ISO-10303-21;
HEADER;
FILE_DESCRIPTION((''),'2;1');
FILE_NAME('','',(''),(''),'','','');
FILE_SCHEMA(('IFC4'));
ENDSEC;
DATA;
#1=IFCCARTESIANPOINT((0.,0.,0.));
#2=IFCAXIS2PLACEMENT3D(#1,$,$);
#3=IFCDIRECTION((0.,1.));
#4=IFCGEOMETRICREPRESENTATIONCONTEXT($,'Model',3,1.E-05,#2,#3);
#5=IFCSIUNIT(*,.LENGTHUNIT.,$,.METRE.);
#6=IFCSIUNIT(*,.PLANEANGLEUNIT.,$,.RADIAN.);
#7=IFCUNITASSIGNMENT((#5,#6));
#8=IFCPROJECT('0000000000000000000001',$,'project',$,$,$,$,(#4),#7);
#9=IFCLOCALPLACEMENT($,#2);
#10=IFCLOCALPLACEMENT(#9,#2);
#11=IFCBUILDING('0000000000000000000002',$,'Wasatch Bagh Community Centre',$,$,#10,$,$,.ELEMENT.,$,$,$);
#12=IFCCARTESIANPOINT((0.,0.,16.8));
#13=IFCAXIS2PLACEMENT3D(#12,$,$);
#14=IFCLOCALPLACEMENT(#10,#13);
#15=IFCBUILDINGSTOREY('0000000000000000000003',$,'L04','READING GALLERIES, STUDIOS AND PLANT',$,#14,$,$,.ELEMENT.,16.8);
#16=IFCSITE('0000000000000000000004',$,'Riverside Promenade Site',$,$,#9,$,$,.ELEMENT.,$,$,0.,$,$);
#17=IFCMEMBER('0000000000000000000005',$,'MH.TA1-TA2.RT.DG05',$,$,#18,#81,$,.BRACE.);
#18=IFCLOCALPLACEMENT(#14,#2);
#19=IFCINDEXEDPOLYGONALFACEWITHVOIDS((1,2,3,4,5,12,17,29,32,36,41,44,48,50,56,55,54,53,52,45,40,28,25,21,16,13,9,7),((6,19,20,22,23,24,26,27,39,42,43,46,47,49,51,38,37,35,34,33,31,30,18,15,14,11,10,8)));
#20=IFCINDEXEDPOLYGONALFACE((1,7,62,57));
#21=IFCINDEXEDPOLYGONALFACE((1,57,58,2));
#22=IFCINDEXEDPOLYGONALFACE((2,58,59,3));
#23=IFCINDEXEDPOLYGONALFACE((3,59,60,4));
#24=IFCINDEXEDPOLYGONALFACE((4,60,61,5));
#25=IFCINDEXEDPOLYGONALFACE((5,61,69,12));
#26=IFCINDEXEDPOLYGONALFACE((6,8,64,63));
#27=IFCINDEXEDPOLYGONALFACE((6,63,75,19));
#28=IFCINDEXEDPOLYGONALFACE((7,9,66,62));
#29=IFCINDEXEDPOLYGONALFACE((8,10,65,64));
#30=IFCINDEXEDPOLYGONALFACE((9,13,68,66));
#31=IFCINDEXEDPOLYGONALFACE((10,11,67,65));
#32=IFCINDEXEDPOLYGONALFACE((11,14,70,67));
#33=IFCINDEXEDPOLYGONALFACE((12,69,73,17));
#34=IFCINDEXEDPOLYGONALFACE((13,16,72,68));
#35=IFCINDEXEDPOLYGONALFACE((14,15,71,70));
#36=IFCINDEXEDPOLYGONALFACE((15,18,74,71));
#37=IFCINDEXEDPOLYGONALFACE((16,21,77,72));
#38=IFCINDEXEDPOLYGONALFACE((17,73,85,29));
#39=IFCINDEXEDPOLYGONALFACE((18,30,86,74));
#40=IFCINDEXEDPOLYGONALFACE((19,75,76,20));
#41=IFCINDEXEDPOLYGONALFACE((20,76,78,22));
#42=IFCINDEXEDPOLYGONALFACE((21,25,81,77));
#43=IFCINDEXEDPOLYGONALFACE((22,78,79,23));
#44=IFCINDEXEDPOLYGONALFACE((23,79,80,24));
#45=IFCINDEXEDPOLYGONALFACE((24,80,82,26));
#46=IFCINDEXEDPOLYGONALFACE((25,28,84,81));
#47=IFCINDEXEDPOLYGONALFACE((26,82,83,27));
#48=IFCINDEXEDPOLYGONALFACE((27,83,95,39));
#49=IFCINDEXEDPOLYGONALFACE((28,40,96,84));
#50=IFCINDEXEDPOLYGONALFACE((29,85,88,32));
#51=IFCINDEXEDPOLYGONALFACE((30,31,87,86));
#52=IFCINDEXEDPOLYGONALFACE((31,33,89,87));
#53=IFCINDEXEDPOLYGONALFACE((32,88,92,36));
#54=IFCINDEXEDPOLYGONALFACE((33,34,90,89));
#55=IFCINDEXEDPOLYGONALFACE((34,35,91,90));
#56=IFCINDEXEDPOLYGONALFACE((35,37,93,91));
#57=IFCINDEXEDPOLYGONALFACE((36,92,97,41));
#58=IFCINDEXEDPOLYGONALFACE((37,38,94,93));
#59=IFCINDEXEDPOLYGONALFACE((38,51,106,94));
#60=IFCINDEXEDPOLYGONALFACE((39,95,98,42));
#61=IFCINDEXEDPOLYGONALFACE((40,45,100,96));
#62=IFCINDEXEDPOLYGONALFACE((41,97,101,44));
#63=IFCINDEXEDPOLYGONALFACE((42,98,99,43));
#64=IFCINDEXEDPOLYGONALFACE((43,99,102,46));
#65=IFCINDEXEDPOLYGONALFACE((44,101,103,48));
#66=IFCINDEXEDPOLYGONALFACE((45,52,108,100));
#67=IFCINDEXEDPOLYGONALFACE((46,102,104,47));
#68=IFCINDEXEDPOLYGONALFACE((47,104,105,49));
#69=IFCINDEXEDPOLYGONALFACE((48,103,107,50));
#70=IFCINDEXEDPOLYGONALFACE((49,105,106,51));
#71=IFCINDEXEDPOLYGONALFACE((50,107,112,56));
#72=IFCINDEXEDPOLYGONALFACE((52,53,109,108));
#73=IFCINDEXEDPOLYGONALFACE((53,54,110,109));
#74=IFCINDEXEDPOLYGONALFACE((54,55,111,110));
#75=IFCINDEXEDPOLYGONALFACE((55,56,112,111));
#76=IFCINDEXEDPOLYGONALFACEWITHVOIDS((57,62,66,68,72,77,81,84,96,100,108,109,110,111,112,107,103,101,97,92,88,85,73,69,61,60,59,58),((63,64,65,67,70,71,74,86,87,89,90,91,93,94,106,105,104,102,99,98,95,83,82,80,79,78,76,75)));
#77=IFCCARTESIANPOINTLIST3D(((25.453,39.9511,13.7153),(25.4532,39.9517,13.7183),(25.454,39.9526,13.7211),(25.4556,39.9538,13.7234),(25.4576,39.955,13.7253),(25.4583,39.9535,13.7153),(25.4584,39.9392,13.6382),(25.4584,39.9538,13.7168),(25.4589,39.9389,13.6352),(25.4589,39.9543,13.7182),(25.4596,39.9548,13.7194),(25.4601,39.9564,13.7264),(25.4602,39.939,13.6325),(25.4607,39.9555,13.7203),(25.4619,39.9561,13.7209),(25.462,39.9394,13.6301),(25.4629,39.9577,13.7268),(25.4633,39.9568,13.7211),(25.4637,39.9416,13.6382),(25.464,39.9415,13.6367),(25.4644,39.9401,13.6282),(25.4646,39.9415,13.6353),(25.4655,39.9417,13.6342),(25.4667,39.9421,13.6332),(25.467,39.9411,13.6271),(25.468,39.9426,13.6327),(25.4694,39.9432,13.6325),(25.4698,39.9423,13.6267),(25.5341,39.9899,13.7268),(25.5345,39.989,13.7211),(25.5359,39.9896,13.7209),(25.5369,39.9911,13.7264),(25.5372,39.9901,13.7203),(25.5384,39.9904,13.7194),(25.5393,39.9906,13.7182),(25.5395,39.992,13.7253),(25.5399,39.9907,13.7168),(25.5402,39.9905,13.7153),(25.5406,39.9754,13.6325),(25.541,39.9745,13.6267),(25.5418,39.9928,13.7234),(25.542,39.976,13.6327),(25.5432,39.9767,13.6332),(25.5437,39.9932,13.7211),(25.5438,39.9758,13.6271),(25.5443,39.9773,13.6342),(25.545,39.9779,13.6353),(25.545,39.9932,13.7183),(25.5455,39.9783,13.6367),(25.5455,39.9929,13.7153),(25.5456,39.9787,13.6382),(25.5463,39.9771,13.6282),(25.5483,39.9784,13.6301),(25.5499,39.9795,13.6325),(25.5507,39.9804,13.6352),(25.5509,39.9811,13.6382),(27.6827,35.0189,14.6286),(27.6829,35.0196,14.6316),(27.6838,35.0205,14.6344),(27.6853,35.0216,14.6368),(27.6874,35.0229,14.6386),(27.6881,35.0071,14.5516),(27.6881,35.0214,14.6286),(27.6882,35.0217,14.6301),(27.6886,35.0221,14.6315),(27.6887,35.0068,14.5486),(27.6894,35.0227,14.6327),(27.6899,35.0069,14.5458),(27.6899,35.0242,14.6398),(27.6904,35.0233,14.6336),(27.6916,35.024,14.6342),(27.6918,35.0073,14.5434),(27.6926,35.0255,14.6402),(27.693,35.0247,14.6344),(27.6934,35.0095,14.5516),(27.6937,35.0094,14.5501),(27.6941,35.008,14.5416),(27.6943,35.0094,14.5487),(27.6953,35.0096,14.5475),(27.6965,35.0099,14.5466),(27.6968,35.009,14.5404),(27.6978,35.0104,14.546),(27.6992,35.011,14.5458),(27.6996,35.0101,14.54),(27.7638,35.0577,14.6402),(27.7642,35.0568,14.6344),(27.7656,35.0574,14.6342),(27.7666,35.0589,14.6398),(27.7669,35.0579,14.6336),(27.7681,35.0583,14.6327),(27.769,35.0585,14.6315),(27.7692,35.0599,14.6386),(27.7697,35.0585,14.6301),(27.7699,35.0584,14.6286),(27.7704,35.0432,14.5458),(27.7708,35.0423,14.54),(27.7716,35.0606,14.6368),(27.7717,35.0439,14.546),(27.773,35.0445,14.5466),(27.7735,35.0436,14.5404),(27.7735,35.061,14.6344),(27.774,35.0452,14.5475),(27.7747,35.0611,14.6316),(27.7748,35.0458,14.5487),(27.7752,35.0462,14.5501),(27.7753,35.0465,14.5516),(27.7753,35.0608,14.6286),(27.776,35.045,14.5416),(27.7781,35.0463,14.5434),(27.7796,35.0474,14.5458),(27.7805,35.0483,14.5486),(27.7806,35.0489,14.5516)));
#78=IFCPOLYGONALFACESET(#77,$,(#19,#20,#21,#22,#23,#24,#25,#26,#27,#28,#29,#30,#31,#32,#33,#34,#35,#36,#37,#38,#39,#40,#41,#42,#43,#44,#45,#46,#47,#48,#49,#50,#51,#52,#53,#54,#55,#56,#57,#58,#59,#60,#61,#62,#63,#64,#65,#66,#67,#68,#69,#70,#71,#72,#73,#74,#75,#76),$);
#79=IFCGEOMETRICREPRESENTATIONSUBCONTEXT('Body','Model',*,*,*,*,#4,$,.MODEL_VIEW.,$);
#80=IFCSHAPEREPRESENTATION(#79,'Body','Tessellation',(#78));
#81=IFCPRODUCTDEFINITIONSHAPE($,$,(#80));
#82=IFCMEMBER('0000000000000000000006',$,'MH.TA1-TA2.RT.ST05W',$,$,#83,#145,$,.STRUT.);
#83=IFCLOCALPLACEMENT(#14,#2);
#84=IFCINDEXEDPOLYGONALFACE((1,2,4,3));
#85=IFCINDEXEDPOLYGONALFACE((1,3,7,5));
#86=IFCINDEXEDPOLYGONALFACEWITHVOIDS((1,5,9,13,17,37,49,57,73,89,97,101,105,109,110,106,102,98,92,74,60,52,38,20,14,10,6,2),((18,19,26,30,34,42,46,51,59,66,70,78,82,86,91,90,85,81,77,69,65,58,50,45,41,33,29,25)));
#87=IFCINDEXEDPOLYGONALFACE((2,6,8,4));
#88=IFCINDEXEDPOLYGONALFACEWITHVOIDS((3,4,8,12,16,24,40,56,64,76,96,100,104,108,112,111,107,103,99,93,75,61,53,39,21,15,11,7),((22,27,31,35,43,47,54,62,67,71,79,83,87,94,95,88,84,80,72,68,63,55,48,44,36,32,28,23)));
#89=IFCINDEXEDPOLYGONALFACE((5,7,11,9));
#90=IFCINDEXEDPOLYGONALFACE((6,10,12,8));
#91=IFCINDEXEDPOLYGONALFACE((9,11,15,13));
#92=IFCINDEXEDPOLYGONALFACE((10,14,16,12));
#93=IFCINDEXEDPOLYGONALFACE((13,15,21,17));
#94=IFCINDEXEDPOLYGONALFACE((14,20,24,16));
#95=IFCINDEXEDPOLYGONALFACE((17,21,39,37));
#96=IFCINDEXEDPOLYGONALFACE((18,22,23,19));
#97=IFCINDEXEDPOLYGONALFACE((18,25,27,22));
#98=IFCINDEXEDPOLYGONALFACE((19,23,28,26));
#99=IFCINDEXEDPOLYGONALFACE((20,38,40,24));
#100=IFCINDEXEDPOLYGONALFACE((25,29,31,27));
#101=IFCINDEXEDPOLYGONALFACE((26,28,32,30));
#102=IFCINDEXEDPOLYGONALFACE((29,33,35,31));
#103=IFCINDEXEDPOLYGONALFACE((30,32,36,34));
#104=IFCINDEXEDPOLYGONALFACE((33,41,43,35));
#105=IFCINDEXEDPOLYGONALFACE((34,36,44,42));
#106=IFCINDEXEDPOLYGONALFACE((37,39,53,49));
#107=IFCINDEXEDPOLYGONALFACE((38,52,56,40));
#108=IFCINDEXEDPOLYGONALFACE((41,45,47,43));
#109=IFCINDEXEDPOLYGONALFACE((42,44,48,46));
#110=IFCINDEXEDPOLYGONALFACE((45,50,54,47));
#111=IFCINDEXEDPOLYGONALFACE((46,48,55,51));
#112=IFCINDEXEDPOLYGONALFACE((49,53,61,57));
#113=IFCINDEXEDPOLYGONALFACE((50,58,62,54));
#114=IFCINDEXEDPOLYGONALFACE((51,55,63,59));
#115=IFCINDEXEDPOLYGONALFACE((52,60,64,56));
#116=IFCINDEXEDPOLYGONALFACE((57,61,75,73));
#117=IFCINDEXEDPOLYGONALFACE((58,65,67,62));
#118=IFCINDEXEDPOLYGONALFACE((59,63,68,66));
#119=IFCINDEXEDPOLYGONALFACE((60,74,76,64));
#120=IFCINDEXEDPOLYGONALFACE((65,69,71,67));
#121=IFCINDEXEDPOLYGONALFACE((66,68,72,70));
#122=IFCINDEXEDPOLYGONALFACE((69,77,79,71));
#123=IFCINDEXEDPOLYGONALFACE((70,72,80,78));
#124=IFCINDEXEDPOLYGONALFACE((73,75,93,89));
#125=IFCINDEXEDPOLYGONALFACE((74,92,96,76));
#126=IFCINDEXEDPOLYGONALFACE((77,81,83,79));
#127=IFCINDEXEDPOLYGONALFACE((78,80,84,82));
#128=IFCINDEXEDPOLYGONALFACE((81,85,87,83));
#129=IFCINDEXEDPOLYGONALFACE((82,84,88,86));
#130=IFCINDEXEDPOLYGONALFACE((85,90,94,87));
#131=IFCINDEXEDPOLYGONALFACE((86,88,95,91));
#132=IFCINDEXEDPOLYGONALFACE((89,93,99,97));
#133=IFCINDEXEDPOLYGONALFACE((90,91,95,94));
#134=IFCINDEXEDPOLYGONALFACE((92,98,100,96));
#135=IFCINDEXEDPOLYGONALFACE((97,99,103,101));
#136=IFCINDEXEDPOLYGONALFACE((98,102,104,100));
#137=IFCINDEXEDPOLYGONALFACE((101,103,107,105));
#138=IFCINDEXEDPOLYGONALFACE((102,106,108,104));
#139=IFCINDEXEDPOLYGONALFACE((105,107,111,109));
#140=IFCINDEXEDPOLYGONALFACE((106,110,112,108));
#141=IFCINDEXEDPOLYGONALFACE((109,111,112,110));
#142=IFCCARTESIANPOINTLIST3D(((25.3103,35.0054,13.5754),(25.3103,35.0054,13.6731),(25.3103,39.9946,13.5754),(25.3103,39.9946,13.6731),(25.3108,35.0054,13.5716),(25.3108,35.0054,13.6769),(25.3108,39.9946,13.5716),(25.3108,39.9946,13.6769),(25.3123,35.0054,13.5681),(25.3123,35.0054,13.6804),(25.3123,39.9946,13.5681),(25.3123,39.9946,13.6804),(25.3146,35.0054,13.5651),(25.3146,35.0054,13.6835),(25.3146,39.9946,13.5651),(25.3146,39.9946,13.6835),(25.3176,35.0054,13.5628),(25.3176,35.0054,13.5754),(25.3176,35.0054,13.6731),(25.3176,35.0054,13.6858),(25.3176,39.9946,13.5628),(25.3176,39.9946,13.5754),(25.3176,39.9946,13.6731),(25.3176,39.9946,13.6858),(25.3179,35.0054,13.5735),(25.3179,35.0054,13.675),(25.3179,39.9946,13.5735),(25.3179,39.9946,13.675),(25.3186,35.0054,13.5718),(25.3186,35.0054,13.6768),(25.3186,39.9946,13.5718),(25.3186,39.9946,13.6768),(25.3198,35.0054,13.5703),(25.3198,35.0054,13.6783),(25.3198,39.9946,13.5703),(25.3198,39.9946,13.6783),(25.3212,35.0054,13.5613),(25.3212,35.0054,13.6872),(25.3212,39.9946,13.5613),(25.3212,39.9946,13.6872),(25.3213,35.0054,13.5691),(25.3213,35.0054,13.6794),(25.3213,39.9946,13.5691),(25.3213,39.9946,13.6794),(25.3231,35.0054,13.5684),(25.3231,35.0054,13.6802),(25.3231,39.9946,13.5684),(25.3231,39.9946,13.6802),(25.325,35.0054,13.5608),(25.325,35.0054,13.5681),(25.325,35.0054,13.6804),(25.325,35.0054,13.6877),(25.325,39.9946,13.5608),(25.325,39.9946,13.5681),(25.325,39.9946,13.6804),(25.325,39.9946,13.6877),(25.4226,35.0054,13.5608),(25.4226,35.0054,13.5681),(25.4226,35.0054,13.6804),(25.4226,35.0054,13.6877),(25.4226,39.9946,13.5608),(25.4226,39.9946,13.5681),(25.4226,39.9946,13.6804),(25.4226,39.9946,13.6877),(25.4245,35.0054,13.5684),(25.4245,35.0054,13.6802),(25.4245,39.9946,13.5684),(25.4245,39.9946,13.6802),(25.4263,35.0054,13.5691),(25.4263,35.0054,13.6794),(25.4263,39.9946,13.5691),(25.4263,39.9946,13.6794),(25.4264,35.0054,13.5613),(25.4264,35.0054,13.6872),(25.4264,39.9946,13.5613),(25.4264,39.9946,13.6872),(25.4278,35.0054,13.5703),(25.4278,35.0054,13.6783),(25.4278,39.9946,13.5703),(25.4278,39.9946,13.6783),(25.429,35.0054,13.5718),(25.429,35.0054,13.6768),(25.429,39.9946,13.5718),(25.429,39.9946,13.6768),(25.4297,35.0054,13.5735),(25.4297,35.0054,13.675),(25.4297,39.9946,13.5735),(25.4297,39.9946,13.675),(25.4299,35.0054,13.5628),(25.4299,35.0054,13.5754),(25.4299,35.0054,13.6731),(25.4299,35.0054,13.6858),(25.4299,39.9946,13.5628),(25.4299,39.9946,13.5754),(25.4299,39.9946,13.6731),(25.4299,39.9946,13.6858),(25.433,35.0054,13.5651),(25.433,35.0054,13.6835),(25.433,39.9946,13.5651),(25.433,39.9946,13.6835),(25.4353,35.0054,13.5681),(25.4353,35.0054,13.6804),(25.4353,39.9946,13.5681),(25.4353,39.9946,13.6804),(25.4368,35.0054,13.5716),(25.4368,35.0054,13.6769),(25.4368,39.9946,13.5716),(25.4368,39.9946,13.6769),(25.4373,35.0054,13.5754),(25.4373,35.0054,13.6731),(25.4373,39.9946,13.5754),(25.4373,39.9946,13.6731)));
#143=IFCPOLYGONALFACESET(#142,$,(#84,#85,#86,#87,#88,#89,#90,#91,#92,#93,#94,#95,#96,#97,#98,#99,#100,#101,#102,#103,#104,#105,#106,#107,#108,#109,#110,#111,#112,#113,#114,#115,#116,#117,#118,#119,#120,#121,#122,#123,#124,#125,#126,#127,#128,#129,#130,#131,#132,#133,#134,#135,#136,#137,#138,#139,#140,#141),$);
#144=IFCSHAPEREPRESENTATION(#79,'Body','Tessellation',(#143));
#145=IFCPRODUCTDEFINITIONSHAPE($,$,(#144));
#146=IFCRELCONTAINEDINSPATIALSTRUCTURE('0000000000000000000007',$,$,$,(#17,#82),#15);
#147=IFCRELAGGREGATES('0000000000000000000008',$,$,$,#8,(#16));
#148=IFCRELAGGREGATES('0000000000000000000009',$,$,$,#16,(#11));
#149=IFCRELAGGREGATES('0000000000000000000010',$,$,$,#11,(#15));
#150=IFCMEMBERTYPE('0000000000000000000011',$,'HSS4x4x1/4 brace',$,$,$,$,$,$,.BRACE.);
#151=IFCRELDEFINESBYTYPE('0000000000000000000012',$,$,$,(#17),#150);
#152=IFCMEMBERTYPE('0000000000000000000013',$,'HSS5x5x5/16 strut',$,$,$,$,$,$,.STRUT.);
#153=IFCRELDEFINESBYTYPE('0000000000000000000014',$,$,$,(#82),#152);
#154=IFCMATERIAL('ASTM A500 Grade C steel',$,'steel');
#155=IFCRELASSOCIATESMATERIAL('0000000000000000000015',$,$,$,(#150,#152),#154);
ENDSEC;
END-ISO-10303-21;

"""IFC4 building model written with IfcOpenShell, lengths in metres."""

from ifc_helpers import new_model, si_unit, direction, frame, origin, origin_2d, place, context, subcontext, project, spatial, hollow_rectangle, extrude, material, material_profile, profile_set, type_object, element, save


model = new_model("IFC4")

# Units and contexts
model_context = context("Model", 3, precision=1e-05, world=origin(), true_north=direction((0.0, 1.0)))
body_context = subcontext(model_context, "Body", "Model", "MODEL_VIEW")
ifc_project = project(units=[si_unit("LENGTHUNIT", "METRE"), si_unit("PLANEANGLEUNIT", "RADIAN")], contexts=[model_context])

# Site, building, storey
site_placement = place(None, origin())
site = spatial("IfcSite", under=ifc_project, at=site_placement, Name="Riverside Promenade Site", CompositionType="ELEMENT", RefElevation=0.0)
building_placement = place(site_placement, origin())
building = spatial("IfcBuilding", under=site, at=building_placement, Name="Wasatch Bagh Community Centre", CompositionType="ELEMENT")
storey_placement = place(building_placement, frame((0.0, 0.0, 16.8)))
storey = spatial("IfcBuildingStorey", under=building, at=storey_placement, Name="L04", Description="READING GALLERIES, STUDIOS AND PLANT", CompositionType="ELEMENT", Elevation=16.8)

# Members
ifc_material_1 = material(Name="ASTM A500 Grade C steel", Category="steel")
ifc_material_profile_1 = material_profile(ifc_material_1, hollow_rectangle(XDim=0.1016, YDim=0.1016, WallThickness=0.0059, InnerFilletRadius=0.0059, OuterFilletRadius=0.0117, at=origin_2d()), Name="HSS4x4x1/4")
ifc_profile_set_1 = profile_set([ifc_material_profile_1], Name="ASTM A500 Grade C steel")
member_type_1 = type_object("IfcMemberType", Name="HSS4x4x1/4 brace", PredefinedType="BRACE", material=ifc_profile_set_1)
member_1_placement = place(storey_placement, frame((27.7317, 35.0339, 14.5901), z_axis=(-0.406201, 0.898508, -0.166385), x_axis=(-0.91121, -0.411943, 0.0)))
element("IfcMember", 1, at=member_1_placement, inside=storey, type_object=member_type_1, Name="MH.TA1-TA2.RT.DG05", PredefinedType="BRACE", context=body_context, shape_type="SweptSolid", body=[
    extrude(hollow_rectangle(XDim=0.1016, YDim=0.1016, WallThickness=0.0059, InnerFilletRadius=0.0059, OuterFilletRadius=0.0117, at=origin_2d()), origin(), (0.0, 0.0, 1.0), 5.4893),
])
ifc_material_profile_2 = material_profile(ifc_material_1, hollow_rectangle(XDim=0.127, YDim=0.127, WallThickness=0.0073, InnerFilletRadius=0.0073, OuterFilletRadius=0.0146, at=origin_2d()), Name="HSS5x5x5/16")
ifc_profile_set_2 = profile_set([ifc_material_profile_2], Name="ASTM A500 Grade C steel")
member_type_2 = type_object("IfcMemberType", Name="HSS5x5x5/16 strut", PredefinedType="STRUT", material=ifc_profile_set_2)
for number, where, z_axis, x_axis, name in (
    (2, (25.3738, 35.0054, 13.6243), (0.0, 1.0, 0.0), (-1.0, 0.0, 0.0), "MH.TA1-TA2.RT.ST05W"),
):
    element("IfcMember", number, at=place(storey_placement, frame(where, z_axis=z_axis, x_axis=x_axis)), inside=storey, type_object=member_type_2, Name=name, PredefinedType="STRUT", context=body_context, shape_type="SweptSolid", body=[
        extrude(hollow_rectangle(XDim=0.127, YDim=0.127, WallThickness=0.0073, InnerFilletRadius=0.0073, OuterFilletRadius=0.0146, at=origin_2d()), origin(), (0.0, 0.0, 1.0), 4.9893),
    ])

save(model, "model.ifc")
